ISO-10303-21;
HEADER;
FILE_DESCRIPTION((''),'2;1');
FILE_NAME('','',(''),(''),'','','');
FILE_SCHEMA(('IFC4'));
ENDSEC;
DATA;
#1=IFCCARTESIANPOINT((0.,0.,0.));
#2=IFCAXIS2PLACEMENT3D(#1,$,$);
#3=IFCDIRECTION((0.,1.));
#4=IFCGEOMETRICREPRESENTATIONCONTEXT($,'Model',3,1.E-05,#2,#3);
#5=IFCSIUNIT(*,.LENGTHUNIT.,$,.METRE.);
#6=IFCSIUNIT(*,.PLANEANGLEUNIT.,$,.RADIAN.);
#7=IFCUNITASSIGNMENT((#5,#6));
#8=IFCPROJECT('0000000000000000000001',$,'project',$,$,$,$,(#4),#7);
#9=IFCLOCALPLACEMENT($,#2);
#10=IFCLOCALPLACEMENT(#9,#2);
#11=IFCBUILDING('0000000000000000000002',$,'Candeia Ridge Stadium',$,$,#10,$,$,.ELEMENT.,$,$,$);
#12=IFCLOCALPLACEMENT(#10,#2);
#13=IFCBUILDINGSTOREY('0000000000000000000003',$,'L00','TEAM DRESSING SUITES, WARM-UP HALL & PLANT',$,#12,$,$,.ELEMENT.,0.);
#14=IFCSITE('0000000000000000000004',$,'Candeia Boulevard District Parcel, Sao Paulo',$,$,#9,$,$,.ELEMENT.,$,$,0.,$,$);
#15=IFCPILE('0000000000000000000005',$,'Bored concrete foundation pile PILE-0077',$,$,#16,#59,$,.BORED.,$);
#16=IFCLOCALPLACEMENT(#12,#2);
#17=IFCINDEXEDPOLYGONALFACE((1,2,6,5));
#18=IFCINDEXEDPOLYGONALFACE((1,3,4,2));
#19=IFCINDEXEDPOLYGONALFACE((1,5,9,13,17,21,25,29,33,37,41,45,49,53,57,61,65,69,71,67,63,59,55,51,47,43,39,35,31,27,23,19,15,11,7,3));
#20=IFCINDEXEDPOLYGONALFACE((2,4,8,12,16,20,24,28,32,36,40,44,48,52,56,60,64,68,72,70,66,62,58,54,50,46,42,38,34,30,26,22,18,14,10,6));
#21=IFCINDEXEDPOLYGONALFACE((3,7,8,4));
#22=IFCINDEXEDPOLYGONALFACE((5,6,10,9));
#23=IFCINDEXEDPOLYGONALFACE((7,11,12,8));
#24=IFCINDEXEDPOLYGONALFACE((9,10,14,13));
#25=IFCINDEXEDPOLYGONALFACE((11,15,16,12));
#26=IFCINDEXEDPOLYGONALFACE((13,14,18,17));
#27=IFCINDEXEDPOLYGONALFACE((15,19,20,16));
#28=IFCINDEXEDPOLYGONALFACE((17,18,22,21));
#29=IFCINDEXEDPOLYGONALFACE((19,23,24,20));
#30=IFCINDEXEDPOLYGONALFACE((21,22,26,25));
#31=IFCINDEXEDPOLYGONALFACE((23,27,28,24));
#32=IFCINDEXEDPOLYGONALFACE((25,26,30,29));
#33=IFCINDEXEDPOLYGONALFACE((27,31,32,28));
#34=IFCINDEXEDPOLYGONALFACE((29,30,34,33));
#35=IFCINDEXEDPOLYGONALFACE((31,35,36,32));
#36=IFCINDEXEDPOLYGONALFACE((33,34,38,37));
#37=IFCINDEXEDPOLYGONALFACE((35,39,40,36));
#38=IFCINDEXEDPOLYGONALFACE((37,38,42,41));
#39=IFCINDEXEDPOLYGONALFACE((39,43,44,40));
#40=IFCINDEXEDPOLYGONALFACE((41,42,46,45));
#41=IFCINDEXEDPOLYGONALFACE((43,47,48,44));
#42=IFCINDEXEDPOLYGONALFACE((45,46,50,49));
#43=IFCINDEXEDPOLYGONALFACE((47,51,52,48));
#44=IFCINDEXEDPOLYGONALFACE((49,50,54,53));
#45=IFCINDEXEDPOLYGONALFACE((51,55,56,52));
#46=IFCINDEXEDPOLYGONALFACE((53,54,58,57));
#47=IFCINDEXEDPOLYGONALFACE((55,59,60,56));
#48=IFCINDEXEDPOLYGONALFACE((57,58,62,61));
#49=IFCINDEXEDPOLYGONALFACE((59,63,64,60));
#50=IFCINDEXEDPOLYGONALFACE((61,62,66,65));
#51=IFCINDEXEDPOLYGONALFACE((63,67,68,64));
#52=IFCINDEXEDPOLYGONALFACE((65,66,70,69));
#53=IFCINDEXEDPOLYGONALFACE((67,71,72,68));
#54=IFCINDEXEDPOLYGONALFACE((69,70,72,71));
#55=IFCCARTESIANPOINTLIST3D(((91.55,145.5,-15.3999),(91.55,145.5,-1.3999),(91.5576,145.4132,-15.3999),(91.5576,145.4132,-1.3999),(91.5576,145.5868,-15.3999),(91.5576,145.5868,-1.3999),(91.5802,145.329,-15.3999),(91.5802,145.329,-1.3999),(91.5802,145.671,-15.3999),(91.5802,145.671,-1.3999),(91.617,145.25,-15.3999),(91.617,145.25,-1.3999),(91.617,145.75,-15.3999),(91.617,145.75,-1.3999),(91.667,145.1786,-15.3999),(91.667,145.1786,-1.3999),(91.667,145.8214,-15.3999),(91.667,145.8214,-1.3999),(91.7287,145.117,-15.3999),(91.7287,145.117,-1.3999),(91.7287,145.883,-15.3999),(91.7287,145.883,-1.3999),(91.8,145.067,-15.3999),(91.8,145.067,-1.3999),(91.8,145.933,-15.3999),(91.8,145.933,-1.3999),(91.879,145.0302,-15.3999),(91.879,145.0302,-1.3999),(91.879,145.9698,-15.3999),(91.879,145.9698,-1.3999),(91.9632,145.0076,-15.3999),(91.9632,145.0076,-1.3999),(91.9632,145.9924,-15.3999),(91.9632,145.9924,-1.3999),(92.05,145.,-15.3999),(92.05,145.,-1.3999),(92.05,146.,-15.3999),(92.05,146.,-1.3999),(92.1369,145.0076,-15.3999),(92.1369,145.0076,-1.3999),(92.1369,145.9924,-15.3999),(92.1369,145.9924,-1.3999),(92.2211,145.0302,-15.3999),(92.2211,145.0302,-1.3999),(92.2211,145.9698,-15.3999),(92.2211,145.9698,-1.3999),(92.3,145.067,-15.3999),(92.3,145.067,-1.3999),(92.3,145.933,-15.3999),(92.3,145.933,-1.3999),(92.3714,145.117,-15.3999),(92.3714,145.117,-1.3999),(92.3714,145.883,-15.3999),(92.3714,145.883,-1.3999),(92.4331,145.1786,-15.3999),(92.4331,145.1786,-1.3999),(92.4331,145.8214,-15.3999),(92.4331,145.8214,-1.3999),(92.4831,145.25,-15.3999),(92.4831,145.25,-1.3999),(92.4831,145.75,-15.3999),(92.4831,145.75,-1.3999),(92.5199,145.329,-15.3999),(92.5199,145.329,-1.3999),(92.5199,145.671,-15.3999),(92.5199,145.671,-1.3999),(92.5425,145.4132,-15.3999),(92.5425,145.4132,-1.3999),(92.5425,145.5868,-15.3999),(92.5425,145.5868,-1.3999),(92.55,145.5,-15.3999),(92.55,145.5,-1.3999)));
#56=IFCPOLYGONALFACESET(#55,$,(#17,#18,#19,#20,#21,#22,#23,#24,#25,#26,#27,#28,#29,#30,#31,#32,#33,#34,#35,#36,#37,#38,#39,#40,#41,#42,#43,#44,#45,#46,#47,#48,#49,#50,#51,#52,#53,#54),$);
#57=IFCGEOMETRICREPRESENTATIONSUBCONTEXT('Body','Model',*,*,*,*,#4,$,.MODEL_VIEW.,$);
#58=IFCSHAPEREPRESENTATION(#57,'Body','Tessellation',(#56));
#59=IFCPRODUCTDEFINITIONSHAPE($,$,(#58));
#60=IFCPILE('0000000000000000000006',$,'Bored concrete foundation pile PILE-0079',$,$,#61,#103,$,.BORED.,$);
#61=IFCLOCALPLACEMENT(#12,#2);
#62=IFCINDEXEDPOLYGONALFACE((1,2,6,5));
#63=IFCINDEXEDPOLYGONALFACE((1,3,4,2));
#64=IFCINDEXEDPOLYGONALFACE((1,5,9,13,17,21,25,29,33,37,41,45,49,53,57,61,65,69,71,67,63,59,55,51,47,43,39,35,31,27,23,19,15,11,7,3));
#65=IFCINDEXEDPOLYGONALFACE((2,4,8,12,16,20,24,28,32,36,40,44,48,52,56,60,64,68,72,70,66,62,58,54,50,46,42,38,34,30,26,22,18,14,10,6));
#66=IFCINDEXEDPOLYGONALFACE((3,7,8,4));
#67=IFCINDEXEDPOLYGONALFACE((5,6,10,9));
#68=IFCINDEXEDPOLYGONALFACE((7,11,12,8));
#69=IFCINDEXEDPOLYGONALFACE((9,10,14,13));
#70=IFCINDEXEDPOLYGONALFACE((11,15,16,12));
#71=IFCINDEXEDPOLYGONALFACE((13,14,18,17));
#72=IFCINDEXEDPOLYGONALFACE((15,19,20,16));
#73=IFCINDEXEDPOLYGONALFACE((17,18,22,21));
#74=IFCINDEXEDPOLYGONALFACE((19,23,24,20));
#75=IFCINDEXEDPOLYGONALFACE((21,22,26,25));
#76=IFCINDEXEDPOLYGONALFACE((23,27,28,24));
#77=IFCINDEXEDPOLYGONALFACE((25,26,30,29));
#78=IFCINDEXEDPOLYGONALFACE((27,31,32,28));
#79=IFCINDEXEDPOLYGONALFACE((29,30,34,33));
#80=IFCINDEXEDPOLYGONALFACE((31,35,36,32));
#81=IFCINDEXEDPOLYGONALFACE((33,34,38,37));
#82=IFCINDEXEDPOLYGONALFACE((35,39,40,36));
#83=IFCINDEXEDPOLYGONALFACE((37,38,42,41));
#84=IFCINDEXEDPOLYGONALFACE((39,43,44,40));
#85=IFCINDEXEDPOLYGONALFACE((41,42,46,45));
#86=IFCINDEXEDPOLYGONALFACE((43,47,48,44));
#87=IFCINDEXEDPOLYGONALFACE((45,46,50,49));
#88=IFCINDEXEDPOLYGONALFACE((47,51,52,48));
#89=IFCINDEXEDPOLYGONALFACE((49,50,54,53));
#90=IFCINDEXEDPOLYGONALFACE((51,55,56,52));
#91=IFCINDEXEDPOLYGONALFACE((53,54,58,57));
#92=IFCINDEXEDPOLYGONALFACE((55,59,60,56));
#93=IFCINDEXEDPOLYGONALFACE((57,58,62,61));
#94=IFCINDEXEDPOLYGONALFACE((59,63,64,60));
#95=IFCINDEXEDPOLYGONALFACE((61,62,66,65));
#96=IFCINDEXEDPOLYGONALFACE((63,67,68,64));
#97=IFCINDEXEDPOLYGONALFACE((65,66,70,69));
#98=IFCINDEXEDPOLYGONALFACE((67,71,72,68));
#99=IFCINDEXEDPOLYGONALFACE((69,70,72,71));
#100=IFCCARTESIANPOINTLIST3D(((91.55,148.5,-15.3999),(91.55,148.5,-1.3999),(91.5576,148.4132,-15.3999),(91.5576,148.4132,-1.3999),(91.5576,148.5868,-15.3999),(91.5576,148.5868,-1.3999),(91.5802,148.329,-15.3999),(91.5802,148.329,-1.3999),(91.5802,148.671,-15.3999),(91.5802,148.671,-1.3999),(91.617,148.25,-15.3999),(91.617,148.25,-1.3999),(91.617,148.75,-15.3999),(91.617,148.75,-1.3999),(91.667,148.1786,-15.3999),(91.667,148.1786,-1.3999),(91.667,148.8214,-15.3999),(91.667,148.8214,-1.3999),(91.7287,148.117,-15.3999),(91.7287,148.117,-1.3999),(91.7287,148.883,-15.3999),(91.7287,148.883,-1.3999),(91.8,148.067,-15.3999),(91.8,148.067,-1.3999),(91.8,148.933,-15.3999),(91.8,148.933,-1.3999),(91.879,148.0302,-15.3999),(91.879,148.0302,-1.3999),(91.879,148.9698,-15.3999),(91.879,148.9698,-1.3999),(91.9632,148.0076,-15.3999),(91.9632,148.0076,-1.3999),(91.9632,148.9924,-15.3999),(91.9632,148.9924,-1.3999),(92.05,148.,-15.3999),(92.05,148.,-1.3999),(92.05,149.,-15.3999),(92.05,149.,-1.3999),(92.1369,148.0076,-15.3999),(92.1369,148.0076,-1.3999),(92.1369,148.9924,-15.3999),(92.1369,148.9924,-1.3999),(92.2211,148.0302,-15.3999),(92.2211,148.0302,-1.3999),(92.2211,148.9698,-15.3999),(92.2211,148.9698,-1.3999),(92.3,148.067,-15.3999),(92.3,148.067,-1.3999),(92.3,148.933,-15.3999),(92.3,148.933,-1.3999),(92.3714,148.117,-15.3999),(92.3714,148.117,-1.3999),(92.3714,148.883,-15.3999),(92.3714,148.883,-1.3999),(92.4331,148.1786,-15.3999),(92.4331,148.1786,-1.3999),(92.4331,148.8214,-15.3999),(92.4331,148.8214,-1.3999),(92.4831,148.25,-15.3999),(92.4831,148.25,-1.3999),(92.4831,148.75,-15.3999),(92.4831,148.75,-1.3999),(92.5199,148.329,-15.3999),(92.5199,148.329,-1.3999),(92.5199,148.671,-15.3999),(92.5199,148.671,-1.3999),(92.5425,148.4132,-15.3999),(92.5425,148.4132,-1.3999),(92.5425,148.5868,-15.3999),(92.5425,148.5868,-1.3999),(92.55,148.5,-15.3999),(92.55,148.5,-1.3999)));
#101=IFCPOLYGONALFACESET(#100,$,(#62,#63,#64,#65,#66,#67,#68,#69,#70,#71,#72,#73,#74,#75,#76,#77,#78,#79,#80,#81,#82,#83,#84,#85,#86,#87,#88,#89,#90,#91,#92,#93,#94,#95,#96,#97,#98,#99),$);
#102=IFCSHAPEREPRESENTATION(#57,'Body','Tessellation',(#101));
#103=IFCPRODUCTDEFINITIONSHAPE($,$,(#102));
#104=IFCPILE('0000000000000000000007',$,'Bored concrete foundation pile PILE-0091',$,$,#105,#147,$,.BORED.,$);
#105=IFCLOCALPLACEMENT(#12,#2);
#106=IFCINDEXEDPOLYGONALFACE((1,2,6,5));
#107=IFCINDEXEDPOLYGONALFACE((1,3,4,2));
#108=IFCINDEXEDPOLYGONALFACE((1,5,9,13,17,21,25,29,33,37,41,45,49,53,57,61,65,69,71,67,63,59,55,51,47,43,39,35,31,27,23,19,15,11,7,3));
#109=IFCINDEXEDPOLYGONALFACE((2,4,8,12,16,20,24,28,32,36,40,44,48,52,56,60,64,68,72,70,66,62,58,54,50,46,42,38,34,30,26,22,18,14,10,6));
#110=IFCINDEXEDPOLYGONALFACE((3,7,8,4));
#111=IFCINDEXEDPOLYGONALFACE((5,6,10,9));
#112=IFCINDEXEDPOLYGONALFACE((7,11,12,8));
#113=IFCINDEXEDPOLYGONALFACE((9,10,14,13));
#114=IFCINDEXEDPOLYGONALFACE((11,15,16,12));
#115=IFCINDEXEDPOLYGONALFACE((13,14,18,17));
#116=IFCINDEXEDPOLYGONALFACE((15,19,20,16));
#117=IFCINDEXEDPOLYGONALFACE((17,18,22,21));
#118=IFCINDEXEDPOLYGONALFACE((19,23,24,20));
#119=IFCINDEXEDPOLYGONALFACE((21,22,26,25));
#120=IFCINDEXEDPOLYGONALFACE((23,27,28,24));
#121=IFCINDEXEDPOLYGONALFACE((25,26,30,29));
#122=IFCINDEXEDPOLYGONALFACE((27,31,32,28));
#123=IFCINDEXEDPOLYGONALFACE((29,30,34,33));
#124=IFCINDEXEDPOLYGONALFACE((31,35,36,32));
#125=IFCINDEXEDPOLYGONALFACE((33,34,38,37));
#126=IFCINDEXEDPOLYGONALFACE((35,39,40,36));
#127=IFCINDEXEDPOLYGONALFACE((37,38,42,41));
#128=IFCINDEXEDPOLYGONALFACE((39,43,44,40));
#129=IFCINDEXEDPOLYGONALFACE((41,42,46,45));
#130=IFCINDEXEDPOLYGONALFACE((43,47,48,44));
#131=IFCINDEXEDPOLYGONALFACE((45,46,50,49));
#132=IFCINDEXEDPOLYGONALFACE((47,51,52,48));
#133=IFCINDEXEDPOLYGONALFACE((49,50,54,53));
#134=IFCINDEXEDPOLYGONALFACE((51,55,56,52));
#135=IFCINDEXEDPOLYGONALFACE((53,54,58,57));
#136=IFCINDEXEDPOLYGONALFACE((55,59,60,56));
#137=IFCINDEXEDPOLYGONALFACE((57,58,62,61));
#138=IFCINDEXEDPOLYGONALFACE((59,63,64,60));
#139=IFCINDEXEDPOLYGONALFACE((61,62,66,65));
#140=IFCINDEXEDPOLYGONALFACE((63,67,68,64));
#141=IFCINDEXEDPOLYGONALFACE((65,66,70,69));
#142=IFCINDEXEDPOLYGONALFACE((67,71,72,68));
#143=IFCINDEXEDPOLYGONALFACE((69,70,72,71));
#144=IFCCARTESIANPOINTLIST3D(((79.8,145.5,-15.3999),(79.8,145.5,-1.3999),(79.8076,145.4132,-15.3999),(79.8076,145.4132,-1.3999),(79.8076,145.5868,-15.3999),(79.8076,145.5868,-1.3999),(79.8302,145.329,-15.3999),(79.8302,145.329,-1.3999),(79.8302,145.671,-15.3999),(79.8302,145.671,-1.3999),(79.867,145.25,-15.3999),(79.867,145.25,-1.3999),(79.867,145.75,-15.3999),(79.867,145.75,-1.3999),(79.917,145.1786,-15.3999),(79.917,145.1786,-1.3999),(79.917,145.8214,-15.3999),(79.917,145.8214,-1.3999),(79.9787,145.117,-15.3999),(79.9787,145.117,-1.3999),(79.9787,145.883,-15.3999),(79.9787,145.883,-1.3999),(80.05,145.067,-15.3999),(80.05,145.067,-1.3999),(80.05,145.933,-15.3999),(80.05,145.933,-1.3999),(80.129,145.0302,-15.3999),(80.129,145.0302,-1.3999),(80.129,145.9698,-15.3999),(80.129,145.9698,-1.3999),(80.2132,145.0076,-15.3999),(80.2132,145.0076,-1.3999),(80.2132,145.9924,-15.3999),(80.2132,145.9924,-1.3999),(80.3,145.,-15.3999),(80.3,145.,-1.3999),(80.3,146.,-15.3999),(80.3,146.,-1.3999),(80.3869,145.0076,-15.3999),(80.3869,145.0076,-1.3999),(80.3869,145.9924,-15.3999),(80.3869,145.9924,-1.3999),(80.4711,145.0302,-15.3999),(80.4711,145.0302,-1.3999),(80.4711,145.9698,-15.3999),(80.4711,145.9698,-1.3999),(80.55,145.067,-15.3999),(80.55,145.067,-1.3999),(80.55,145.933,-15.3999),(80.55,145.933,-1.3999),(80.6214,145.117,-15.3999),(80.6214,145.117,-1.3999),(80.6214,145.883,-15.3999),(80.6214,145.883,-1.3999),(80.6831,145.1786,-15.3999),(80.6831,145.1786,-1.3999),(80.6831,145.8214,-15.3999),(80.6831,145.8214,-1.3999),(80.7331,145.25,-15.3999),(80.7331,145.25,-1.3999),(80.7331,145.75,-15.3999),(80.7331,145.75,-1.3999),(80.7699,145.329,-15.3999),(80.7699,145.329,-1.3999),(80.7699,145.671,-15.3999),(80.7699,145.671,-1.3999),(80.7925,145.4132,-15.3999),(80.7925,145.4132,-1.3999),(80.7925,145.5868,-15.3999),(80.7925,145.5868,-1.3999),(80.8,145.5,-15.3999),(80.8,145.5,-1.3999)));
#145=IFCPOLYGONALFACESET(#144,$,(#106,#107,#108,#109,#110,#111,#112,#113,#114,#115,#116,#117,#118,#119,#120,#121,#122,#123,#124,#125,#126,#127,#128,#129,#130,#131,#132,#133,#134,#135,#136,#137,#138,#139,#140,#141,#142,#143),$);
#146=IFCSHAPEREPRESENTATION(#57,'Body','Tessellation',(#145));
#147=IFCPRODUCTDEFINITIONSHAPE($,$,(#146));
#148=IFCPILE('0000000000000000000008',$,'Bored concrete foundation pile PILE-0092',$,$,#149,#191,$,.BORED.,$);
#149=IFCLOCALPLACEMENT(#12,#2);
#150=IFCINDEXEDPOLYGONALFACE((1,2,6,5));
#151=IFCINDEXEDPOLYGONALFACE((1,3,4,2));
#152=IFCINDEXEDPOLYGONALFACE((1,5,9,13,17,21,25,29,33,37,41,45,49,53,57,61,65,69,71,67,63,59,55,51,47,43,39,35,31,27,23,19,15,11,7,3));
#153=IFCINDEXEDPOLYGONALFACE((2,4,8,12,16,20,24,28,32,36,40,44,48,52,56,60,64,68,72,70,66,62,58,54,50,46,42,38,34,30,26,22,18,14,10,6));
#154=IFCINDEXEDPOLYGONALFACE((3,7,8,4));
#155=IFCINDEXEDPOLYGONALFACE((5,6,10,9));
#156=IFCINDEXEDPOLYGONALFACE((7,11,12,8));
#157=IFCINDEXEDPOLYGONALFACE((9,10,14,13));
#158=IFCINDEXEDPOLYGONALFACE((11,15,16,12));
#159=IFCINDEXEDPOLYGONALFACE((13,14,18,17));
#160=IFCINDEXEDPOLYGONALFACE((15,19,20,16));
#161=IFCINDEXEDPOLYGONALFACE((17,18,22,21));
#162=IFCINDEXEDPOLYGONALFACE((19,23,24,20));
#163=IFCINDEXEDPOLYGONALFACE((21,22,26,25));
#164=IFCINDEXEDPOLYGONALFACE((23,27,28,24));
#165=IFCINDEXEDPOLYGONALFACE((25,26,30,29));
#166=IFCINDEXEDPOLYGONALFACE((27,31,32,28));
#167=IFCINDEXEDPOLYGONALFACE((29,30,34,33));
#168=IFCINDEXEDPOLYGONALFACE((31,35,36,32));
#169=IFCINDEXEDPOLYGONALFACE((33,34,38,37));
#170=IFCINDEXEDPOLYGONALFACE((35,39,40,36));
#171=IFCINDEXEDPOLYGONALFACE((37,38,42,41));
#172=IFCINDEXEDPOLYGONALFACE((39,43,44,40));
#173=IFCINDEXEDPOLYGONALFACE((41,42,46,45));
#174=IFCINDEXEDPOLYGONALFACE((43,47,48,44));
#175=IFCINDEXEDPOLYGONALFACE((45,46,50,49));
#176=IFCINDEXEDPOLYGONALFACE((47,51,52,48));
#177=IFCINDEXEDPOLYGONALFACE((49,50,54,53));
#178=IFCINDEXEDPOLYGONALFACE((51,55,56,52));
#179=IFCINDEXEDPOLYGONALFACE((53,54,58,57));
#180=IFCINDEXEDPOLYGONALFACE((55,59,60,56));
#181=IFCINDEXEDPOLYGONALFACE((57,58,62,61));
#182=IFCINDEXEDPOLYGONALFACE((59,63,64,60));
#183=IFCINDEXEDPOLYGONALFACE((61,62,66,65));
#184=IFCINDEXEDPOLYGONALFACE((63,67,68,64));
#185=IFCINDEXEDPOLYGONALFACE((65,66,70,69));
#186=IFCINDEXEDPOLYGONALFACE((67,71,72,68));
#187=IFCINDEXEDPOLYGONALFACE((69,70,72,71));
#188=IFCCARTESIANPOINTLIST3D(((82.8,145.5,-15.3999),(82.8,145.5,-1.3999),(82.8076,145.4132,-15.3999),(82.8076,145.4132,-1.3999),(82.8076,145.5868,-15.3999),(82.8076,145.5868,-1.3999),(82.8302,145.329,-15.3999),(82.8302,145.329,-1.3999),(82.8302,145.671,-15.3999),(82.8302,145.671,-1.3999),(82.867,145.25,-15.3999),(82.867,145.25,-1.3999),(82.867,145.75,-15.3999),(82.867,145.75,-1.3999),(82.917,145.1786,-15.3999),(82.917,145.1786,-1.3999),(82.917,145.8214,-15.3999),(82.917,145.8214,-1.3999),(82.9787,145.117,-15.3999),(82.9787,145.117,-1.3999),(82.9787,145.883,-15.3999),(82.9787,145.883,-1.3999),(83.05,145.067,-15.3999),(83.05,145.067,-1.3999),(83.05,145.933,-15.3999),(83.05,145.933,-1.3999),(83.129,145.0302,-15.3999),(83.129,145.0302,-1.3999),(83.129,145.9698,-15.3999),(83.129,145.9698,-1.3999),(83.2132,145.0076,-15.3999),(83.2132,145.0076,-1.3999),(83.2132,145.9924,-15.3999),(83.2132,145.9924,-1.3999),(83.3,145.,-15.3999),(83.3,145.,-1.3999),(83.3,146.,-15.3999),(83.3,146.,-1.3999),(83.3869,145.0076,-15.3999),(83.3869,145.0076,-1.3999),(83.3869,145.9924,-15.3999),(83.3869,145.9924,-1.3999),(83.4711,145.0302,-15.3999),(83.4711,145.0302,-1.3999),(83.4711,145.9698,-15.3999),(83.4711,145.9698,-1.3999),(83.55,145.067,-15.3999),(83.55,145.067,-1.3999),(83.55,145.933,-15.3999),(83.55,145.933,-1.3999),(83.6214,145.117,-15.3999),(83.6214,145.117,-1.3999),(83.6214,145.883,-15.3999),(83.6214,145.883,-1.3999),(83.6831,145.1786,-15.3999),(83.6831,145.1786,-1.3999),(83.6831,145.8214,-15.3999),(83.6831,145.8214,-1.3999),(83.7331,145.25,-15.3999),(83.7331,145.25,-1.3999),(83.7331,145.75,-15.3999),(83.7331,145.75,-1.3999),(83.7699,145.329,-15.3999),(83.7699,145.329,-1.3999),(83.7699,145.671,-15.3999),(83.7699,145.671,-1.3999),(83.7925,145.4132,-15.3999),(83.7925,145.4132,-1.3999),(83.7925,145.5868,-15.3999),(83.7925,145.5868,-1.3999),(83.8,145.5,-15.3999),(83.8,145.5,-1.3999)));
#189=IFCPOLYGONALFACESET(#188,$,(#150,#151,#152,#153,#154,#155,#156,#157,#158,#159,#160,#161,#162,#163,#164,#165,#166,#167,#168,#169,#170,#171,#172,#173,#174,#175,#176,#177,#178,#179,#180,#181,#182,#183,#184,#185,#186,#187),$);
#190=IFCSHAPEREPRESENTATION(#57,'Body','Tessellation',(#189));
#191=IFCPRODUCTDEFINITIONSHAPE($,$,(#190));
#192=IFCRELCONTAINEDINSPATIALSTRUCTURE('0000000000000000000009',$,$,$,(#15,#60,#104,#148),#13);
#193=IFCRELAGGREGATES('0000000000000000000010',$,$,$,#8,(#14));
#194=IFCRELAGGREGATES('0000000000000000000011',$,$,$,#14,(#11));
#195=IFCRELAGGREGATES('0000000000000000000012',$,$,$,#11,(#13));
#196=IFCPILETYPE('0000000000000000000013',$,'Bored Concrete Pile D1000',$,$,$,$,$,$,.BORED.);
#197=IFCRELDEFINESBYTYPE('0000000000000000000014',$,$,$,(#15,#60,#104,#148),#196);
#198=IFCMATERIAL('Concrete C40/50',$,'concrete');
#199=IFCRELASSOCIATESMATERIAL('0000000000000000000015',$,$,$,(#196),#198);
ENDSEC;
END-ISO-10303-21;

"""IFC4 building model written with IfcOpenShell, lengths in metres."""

from ifc_helpers import new_model, si_unit, direction, frame, origin, origin_2d, place, context, subcontext, project, spatial, circle, extrude, material, material_profile, profile_set, type_object, element, save


model = new_model("IFC4")

# Units and contexts
model_context = context("Model", 3, precision=1e-05, world=origin(), true_north=direction((0.0, 1.0)))
body_context = subcontext(model_context, "Body", "Model", "MODEL_VIEW")
ifc_project = project(units=[si_unit("LENGTHUNIT", "METRE"), si_unit("PLANEANGLEUNIT", "RADIAN")], contexts=[model_context])

# Site, building, storey
site_placement = place(None, origin())
site = spatial("IfcSite", under=ifc_project, at=site_placement, Name="Candeia Boulevard District Parcel, Sao Paulo", CompositionType="ELEMENT", RefElevation=0.0)
building_placement = place(site_placement, origin())
building = spatial("IfcBuilding", under=site, at=building_placement, Name="Candeia Ridge Stadium", CompositionType="ELEMENT")
storey_placement = place(building_placement, origin())
storey = spatial("IfcBuildingStorey", under=building, at=storey_placement, Name="L00", Description="TEAM DRESSING SUITES, WARM-UP HALL & PLANT", CompositionType="ELEMENT", Elevation=0.0)

# Piles
ifc_material_1 = material(Name="Concrete C40/50", Category="concrete")
ifc_material_profile_1 = material_profile(ifc_material_1, circle(Radius=0.5, at=origin_2d()), Name="PILE-D1000", Category="concrete")
ifc_profile_set_1 = profile_set([ifc_material_profile_1], Name="Concrete C40/50")
pile_type_1 = type_object("IfcPileType", Name="Bored Concrete Pile D1000", PredefinedType="BORED", material=ifc_profile_set_1)
for number, where, z_axis, x_axis, name in (
    (1, (92.05, 145.5, -1.3999), (0.0, 0.0, -1.0), (1.0, 0.0, 0.0), "Bored concrete foundation pile PILE-0077"),
    (2, (92.05, 148.5, -1.3999), (0.0, 0.0, -1.0), (1.0, 0.0, 0.0), "Bored concrete foundation pile PILE-0079"),
    (3, (80.3, 145.5, -1.3999), (0.0, 0.0, -1.0), (1.0, 0.0, 0.0), "Bored concrete foundation pile PILE-0091"),
    (4, (83.3, 145.5, -1.3999), (0.0, 0.0, -1.0), (1.0, 0.0, 0.0), "Bored concrete foundation pile PILE-0092"),
):
    element("IfcPile", number, at=place(storey_placement, frame(where, z_axis=z_axis, x_axis=x_axis)), inside=storey, type_object=pile_type_1, Name=name, PredefinedType="BORED", context=body_context, shape_type="SweptSolid", body=[
        extrude(circle(Radius=0.5, at=origin_2d()), origin(), (0.0, 0.0, 1.0), 14.0),
    ])

save(model, "model.ifc")
